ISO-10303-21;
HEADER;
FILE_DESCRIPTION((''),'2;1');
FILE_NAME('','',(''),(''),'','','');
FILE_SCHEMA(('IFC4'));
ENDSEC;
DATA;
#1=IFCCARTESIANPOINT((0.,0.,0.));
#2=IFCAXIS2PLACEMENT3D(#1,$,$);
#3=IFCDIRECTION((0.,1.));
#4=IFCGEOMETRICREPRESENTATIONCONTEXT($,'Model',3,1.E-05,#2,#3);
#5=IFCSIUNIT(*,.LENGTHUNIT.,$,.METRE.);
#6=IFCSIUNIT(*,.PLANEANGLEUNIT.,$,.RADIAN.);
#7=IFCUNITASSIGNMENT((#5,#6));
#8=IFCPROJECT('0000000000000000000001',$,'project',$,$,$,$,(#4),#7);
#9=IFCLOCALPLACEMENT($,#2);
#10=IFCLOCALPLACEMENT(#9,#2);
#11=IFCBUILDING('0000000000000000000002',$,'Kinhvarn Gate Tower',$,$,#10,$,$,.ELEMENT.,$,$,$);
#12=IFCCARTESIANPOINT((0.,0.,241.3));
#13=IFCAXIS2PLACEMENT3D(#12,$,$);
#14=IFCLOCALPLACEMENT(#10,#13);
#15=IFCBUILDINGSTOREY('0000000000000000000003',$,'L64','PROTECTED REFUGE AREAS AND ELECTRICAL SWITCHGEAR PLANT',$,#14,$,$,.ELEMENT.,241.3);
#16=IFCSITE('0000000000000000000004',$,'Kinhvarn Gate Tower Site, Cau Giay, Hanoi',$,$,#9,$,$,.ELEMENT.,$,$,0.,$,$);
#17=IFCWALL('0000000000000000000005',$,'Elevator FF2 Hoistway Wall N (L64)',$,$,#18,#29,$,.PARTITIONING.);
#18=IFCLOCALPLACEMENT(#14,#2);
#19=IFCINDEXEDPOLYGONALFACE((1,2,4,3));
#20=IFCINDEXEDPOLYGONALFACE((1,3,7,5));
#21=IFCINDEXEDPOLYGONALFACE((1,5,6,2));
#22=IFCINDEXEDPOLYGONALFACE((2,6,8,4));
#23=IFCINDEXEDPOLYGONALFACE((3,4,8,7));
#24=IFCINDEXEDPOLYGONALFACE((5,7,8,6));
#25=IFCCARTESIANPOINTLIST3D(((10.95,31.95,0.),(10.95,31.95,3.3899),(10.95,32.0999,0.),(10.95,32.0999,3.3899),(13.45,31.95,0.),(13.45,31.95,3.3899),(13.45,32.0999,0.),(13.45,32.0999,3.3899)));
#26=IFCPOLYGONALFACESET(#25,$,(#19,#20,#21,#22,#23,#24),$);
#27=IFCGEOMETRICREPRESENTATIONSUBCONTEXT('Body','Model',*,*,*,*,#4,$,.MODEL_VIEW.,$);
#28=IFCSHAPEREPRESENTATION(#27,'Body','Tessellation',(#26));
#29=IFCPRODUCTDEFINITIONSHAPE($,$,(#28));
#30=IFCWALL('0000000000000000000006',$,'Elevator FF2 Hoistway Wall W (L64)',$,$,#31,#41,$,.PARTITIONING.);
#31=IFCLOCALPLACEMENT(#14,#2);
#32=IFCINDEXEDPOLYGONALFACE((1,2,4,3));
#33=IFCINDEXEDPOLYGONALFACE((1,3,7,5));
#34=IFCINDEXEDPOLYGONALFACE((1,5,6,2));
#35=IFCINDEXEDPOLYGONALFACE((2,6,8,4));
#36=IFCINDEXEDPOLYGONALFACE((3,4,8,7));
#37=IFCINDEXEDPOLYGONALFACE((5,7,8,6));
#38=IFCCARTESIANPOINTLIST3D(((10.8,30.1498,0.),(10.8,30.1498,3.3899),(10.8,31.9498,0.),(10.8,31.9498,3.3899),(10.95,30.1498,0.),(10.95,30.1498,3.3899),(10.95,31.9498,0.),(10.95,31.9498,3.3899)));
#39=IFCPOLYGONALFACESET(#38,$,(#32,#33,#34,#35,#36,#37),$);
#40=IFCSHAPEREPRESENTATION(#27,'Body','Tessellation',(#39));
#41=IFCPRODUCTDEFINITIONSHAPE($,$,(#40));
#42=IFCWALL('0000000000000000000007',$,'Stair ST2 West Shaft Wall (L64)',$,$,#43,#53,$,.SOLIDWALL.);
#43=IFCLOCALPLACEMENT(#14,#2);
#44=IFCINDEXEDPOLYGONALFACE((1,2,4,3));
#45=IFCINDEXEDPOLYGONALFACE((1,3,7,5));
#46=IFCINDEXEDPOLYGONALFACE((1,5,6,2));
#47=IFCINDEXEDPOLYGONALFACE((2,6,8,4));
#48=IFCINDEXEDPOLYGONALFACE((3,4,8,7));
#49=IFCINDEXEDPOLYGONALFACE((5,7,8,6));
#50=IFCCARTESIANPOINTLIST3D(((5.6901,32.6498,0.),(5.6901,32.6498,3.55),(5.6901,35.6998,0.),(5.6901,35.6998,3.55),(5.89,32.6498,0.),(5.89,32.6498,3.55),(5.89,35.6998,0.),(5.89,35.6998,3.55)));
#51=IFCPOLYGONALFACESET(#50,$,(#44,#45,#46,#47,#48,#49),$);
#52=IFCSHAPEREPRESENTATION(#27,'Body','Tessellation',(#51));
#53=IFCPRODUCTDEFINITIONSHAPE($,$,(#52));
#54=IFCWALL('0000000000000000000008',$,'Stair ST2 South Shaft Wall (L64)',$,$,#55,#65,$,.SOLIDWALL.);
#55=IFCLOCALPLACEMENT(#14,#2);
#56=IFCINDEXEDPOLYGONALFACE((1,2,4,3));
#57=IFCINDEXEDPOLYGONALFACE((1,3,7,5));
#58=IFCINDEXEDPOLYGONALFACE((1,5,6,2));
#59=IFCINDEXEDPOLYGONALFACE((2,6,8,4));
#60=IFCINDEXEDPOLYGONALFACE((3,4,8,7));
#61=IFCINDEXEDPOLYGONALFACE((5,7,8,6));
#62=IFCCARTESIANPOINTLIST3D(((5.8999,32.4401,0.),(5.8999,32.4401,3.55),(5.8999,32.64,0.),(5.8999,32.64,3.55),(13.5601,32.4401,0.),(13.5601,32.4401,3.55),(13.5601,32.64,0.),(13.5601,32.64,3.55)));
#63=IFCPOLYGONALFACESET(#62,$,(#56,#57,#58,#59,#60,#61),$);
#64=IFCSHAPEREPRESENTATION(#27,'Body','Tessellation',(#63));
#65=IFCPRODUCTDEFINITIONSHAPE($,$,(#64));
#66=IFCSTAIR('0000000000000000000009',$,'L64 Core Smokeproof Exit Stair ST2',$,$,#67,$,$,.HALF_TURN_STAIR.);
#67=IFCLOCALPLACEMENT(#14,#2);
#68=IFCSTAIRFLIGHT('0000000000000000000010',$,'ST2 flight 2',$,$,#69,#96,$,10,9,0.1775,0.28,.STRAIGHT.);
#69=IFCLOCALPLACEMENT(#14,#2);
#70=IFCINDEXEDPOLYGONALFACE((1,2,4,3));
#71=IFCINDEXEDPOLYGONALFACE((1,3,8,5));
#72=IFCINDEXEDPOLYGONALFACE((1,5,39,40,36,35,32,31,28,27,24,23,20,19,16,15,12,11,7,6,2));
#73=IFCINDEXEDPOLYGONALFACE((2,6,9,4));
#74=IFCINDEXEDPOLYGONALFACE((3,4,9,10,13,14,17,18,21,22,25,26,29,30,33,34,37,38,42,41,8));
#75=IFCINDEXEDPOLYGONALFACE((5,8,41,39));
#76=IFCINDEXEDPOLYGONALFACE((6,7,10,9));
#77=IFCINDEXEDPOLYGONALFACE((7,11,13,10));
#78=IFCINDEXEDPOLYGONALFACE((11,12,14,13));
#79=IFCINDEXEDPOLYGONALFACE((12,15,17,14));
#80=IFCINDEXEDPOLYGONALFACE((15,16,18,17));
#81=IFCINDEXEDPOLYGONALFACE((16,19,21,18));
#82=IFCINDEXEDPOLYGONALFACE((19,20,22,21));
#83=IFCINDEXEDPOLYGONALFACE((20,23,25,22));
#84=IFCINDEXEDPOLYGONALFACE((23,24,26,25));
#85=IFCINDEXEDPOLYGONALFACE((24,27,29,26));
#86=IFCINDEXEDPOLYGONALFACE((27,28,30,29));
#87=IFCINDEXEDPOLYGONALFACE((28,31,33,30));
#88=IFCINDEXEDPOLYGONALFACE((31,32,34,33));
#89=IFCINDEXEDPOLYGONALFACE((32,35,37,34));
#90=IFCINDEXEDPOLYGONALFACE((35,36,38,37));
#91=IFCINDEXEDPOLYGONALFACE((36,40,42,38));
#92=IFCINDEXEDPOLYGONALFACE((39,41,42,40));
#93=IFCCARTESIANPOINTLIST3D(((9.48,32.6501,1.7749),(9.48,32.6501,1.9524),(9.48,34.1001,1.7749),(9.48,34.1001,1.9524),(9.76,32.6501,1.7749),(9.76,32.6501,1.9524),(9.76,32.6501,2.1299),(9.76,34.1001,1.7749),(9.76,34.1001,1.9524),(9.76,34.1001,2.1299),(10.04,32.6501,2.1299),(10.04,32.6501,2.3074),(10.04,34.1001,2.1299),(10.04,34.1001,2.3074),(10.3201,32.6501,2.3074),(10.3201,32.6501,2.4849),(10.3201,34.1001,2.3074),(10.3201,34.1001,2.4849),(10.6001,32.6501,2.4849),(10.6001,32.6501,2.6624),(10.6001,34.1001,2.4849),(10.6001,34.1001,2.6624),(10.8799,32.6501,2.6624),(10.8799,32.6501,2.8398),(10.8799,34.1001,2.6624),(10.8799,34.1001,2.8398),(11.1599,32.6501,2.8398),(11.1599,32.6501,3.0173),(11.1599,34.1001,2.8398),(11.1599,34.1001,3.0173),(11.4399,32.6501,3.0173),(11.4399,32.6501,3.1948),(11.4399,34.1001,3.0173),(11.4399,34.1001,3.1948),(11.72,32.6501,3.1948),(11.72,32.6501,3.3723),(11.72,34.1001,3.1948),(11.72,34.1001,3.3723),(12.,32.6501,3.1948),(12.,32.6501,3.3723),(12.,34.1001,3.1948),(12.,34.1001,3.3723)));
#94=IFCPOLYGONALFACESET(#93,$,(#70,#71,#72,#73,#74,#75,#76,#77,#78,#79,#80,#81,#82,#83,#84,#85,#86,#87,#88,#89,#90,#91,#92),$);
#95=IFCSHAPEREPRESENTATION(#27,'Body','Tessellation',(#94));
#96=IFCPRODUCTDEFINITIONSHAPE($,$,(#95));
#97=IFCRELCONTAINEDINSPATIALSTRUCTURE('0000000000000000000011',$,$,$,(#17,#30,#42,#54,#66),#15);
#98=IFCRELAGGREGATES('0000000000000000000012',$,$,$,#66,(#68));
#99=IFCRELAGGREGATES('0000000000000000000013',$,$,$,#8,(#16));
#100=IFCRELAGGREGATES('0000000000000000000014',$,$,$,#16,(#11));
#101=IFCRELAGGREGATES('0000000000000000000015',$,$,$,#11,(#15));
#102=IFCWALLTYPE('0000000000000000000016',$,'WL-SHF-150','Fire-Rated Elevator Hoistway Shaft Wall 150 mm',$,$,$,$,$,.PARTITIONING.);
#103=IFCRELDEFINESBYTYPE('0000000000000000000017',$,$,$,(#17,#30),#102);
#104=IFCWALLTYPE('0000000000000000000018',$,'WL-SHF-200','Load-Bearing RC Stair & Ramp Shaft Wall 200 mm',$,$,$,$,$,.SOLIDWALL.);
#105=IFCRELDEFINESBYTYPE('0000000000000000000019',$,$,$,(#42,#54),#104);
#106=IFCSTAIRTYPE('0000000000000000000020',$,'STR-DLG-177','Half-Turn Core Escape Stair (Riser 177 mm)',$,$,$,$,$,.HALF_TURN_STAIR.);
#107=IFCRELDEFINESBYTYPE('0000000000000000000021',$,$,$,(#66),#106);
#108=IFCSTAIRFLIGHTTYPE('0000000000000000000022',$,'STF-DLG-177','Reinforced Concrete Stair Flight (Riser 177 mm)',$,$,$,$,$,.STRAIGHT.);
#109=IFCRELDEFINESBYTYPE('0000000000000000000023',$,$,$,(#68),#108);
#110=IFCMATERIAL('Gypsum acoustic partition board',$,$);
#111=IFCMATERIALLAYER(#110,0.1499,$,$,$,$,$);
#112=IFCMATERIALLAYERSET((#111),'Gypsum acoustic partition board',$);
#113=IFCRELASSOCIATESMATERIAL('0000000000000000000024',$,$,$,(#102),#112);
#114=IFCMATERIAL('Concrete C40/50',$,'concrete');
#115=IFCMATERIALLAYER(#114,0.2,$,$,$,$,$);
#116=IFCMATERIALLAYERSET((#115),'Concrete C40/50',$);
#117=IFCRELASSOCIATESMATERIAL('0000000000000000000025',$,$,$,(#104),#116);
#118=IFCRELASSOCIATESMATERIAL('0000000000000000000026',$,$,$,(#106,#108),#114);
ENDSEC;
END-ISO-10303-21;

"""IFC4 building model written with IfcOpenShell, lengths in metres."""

from ifc_helpers import new_model, si_unit, direction, frame, frame_2d, origin, place, context, subcontext, project, spatial, polyline, rectangle, outline, extrude, material, layer, layer_set, type_object, element, aggregate, save


model = new_model("IFC4")

# Units and contexts
model_context = context("Model", 3, precision=1e-05, world=origin(), true_north=direction((0.0, 1.0)))
body_context = subcontext(model_context, "Body", "Model", "MODEL_VIEW")
ifc_project = project(units=[si_unit("LENGTHUNIT", "METRE"), si_unit("PLANEANGLEUNIT", "RADIAN")], contexts=[model_context])

# Site, building, storey
site_placement = place(None, origin())
site = spatial("IfcSite", under=ifc_project, at=site_placement, Name="Kinhvarn Gate Tower Site, Cau Giay, Hanoi", CompositionType="ELEMENT", RefElevation=0.0)
building_placement = place(site_placement, origin())
building = spatial("IfcBuilding", under=site, at=building_placement, Name="Kinhvarn Gate Tower", CompositionType="ELEMENT")
storey_placement = place(building_placement, frame((0.0, 0.0, 241.3)))
storey = spatial("IfcBuildingStorey", under=building, at=storey_placement, Name="L64", Description="PROTECTED REFUGE AREAS AND ELECTRICAL SWITCHGEAR PLANT", CompositionType="ELEMENT", Elevation=241.3)

# Shared definitions
ifc_material_1 = material(Name="Gypsum acoustic partition board")

# Shared definitions
ifc_layer_1 = layer(ifc_material_1, 0.1499)
ifc_layer_set_1 = layer_set([ifc_layer_1], Name="Gypsum acoustic partition board")
wall_type_1 = type_object("IfcWallType", Name="WL-SHF-150", Description="Fire-Rated Elevator Hoistway Shaft Wall 150 mm", PredefinedType="PARTITIONING", material=ifc_layer_set_1)

# Walls
wall_1_placement = place(storey_placement, frame((10.95, 32.0249, 0.0), z_axis=(0.0, 0.0, 1.0), x_axis=(1.0, 0.0, 0.0)))
element("IfcWall", 1, at=wall_1_placement, inside=storey, type_object=wall_type_1, Name="Elevator FF2 Hoistway Wall N (L64)", PredefinedType="PARTITIONING", context=body_context, shape_type="SweptSolid", body=[
    extrude(rectangle(XDim=2.5, YDim=0.1499, at=frame_2d((1.25, 0.0))), origin(), (0.0, 0.0, 1.0), 3.3899),
])
wall_2_placement = place(storey_placement, frame((10.875, 30.1499, 0.0), z_axis=(0.0, 0.0, 1.0), x_axis=(0.0, 1.0, 0.0)))
element("IfcWall", 2, at=wall_2_placement, inside=storey, type_object=wall_type_1, Name="Elevator FF2 Hoistway Wall W (L64)", PredefinedType="PARTITIONING", context=body_context, shape_type="SweptSolid", body=[
    extrude(rectangle(XDim=1.8, YDim=0.1499, at=frame_2d((0.8999, 0.0))), origin(), (0.0, 0.0, 1.0), 3.3899),
])
ifc_material_2 = material(Name="Concrete C40/50", Category="concrete")
ifc_layer_2 = layer(ifc_material_2, 0.2)
ifc_layer_set_2 = layer_set([ifc_layer_2], Name="Concrete C40/50")
wall_type_2 = type_object("IfcWallType", Name="WL-SHF-200", Description="Load-Bearing RC Stair & Ramp Shaft Wall 200 mm", PredefinedType="SOLIDWALL", material=ifc_layer_set_2)
wall_3_placement = place(storey_placement, frame((5.79, 32.6499, 0.0), z_axis=(0.0, 0.0, 1.0), x_axis=(0.0, 1.0, 0.0)))
element("IfcWall", 3, at=wall_3_placement, inside=storey, type_object=wall_type_2, Name="Stair ST2 West Shaft Wall (L64)", PredefinedType="SOLIDWALL", context=body_context, shape_type="SweptSolid", body=[
    extrude(rectangle(XDim=3.05, YDim=0.2, at=frame_2d((1.5249, 0.0))), origin(), (0.0, 0.0, 1.0), 3.55),
])
wall_4_placement = place(storey_placement, frame((5.8999, 32.54, 0.0), z_axis=(0.0, 0.0, 1.0), x_axis=(1.0, 0.0, 0.0)))
element("IfcWall", 4, at=wall_4_placement, inside=storey, type_object=wall_type_2, Name="Stair ST2 South Shaft Wall (L64)", PredefinedType="SOLIDWALL", context=body_context, shape_type="SweptSolid", body=[
    extrude(rectangle(XDim=7.6602, YDim=0.2, at=frame_2d((3.8301, 0.0))), origin(), (0.0, 0.0, 1.0), 3.55),
])

# Stair, stair flight
stair_type = type_object("IfcStairType", Name="STR-DLG-177", Description="Half-Turn Core Escape Stair (Riser 177 mm)", PredefinedType="HALF_TURN_STAIR", material=ifc_material_2)
stair_placement = place(storey_placement, origin())
stair = element("IfcStair", 5, at=stair_placement, inside=storey, type_object=stair_type, Name="L64 Core Smokeproof Exit Stair ST2", PredefinedType="HALF_TURN_STAIR")
stair_flight_type = type_object("IfcStairFlightType", Name="STF-DLG-177", Description="Reinforced Concrete Stair Flight (Riser 177 mm)", PredefinedType="STRAIGHT", material=ifc_material_2)
stair_flight_placement = place(storey_placement, frame((9.48, 33.375, 1.7749), z_axis=(0.0, 0.0, 1.0), x_axis=(1.0, 0.0, 0.0)))
stair_flight = element("IfcStairFlight", 6, at=stair_flight_placement, type_object=stair_flight_type, Name="ST2 flight 2", NumberOfRisers=10, NumberOfTreads=9, PredefinedType="STRAIGHT", RiserHeight=0.1775, TreadLength=0.28, context=body_context, shape_type="SweptSolid", body=[
    extrude(outline(polyline([(0.0, 0.0), (0.0, 0.1775), (0.28, 0.1775), (0.28, 0.355), (0.5601, 0.355), (0.5601, 0.5325), (0.8401, 0.5325), (0.8401, 0.71), (1.1201, 0.71), (1.1201, 0.8875), (1.3999, 0.8875), (1.3999, 1.0649), (1.6799, 1.0649), (1.6799, 1.2424), (1.96, 1.2424), (1.96, 1.4199), (2.24, 1.4199), (2.24, 1.5974), (2.52, 1.5974), (2.52, 1.7749), (2.52, 1.4199), (0.28, 0.0), (0.0, 0.0)])), frame((0.0, 0.7251, 0.0), z_axis=(0.0, -1.0, 0.0), x_axis=(1.0, 0.0, 0.0)), (0.0, 0.0, 1.0), 1.45),
])
aggregate(stair, [stair_flight])

save(model, "model.ifc")
